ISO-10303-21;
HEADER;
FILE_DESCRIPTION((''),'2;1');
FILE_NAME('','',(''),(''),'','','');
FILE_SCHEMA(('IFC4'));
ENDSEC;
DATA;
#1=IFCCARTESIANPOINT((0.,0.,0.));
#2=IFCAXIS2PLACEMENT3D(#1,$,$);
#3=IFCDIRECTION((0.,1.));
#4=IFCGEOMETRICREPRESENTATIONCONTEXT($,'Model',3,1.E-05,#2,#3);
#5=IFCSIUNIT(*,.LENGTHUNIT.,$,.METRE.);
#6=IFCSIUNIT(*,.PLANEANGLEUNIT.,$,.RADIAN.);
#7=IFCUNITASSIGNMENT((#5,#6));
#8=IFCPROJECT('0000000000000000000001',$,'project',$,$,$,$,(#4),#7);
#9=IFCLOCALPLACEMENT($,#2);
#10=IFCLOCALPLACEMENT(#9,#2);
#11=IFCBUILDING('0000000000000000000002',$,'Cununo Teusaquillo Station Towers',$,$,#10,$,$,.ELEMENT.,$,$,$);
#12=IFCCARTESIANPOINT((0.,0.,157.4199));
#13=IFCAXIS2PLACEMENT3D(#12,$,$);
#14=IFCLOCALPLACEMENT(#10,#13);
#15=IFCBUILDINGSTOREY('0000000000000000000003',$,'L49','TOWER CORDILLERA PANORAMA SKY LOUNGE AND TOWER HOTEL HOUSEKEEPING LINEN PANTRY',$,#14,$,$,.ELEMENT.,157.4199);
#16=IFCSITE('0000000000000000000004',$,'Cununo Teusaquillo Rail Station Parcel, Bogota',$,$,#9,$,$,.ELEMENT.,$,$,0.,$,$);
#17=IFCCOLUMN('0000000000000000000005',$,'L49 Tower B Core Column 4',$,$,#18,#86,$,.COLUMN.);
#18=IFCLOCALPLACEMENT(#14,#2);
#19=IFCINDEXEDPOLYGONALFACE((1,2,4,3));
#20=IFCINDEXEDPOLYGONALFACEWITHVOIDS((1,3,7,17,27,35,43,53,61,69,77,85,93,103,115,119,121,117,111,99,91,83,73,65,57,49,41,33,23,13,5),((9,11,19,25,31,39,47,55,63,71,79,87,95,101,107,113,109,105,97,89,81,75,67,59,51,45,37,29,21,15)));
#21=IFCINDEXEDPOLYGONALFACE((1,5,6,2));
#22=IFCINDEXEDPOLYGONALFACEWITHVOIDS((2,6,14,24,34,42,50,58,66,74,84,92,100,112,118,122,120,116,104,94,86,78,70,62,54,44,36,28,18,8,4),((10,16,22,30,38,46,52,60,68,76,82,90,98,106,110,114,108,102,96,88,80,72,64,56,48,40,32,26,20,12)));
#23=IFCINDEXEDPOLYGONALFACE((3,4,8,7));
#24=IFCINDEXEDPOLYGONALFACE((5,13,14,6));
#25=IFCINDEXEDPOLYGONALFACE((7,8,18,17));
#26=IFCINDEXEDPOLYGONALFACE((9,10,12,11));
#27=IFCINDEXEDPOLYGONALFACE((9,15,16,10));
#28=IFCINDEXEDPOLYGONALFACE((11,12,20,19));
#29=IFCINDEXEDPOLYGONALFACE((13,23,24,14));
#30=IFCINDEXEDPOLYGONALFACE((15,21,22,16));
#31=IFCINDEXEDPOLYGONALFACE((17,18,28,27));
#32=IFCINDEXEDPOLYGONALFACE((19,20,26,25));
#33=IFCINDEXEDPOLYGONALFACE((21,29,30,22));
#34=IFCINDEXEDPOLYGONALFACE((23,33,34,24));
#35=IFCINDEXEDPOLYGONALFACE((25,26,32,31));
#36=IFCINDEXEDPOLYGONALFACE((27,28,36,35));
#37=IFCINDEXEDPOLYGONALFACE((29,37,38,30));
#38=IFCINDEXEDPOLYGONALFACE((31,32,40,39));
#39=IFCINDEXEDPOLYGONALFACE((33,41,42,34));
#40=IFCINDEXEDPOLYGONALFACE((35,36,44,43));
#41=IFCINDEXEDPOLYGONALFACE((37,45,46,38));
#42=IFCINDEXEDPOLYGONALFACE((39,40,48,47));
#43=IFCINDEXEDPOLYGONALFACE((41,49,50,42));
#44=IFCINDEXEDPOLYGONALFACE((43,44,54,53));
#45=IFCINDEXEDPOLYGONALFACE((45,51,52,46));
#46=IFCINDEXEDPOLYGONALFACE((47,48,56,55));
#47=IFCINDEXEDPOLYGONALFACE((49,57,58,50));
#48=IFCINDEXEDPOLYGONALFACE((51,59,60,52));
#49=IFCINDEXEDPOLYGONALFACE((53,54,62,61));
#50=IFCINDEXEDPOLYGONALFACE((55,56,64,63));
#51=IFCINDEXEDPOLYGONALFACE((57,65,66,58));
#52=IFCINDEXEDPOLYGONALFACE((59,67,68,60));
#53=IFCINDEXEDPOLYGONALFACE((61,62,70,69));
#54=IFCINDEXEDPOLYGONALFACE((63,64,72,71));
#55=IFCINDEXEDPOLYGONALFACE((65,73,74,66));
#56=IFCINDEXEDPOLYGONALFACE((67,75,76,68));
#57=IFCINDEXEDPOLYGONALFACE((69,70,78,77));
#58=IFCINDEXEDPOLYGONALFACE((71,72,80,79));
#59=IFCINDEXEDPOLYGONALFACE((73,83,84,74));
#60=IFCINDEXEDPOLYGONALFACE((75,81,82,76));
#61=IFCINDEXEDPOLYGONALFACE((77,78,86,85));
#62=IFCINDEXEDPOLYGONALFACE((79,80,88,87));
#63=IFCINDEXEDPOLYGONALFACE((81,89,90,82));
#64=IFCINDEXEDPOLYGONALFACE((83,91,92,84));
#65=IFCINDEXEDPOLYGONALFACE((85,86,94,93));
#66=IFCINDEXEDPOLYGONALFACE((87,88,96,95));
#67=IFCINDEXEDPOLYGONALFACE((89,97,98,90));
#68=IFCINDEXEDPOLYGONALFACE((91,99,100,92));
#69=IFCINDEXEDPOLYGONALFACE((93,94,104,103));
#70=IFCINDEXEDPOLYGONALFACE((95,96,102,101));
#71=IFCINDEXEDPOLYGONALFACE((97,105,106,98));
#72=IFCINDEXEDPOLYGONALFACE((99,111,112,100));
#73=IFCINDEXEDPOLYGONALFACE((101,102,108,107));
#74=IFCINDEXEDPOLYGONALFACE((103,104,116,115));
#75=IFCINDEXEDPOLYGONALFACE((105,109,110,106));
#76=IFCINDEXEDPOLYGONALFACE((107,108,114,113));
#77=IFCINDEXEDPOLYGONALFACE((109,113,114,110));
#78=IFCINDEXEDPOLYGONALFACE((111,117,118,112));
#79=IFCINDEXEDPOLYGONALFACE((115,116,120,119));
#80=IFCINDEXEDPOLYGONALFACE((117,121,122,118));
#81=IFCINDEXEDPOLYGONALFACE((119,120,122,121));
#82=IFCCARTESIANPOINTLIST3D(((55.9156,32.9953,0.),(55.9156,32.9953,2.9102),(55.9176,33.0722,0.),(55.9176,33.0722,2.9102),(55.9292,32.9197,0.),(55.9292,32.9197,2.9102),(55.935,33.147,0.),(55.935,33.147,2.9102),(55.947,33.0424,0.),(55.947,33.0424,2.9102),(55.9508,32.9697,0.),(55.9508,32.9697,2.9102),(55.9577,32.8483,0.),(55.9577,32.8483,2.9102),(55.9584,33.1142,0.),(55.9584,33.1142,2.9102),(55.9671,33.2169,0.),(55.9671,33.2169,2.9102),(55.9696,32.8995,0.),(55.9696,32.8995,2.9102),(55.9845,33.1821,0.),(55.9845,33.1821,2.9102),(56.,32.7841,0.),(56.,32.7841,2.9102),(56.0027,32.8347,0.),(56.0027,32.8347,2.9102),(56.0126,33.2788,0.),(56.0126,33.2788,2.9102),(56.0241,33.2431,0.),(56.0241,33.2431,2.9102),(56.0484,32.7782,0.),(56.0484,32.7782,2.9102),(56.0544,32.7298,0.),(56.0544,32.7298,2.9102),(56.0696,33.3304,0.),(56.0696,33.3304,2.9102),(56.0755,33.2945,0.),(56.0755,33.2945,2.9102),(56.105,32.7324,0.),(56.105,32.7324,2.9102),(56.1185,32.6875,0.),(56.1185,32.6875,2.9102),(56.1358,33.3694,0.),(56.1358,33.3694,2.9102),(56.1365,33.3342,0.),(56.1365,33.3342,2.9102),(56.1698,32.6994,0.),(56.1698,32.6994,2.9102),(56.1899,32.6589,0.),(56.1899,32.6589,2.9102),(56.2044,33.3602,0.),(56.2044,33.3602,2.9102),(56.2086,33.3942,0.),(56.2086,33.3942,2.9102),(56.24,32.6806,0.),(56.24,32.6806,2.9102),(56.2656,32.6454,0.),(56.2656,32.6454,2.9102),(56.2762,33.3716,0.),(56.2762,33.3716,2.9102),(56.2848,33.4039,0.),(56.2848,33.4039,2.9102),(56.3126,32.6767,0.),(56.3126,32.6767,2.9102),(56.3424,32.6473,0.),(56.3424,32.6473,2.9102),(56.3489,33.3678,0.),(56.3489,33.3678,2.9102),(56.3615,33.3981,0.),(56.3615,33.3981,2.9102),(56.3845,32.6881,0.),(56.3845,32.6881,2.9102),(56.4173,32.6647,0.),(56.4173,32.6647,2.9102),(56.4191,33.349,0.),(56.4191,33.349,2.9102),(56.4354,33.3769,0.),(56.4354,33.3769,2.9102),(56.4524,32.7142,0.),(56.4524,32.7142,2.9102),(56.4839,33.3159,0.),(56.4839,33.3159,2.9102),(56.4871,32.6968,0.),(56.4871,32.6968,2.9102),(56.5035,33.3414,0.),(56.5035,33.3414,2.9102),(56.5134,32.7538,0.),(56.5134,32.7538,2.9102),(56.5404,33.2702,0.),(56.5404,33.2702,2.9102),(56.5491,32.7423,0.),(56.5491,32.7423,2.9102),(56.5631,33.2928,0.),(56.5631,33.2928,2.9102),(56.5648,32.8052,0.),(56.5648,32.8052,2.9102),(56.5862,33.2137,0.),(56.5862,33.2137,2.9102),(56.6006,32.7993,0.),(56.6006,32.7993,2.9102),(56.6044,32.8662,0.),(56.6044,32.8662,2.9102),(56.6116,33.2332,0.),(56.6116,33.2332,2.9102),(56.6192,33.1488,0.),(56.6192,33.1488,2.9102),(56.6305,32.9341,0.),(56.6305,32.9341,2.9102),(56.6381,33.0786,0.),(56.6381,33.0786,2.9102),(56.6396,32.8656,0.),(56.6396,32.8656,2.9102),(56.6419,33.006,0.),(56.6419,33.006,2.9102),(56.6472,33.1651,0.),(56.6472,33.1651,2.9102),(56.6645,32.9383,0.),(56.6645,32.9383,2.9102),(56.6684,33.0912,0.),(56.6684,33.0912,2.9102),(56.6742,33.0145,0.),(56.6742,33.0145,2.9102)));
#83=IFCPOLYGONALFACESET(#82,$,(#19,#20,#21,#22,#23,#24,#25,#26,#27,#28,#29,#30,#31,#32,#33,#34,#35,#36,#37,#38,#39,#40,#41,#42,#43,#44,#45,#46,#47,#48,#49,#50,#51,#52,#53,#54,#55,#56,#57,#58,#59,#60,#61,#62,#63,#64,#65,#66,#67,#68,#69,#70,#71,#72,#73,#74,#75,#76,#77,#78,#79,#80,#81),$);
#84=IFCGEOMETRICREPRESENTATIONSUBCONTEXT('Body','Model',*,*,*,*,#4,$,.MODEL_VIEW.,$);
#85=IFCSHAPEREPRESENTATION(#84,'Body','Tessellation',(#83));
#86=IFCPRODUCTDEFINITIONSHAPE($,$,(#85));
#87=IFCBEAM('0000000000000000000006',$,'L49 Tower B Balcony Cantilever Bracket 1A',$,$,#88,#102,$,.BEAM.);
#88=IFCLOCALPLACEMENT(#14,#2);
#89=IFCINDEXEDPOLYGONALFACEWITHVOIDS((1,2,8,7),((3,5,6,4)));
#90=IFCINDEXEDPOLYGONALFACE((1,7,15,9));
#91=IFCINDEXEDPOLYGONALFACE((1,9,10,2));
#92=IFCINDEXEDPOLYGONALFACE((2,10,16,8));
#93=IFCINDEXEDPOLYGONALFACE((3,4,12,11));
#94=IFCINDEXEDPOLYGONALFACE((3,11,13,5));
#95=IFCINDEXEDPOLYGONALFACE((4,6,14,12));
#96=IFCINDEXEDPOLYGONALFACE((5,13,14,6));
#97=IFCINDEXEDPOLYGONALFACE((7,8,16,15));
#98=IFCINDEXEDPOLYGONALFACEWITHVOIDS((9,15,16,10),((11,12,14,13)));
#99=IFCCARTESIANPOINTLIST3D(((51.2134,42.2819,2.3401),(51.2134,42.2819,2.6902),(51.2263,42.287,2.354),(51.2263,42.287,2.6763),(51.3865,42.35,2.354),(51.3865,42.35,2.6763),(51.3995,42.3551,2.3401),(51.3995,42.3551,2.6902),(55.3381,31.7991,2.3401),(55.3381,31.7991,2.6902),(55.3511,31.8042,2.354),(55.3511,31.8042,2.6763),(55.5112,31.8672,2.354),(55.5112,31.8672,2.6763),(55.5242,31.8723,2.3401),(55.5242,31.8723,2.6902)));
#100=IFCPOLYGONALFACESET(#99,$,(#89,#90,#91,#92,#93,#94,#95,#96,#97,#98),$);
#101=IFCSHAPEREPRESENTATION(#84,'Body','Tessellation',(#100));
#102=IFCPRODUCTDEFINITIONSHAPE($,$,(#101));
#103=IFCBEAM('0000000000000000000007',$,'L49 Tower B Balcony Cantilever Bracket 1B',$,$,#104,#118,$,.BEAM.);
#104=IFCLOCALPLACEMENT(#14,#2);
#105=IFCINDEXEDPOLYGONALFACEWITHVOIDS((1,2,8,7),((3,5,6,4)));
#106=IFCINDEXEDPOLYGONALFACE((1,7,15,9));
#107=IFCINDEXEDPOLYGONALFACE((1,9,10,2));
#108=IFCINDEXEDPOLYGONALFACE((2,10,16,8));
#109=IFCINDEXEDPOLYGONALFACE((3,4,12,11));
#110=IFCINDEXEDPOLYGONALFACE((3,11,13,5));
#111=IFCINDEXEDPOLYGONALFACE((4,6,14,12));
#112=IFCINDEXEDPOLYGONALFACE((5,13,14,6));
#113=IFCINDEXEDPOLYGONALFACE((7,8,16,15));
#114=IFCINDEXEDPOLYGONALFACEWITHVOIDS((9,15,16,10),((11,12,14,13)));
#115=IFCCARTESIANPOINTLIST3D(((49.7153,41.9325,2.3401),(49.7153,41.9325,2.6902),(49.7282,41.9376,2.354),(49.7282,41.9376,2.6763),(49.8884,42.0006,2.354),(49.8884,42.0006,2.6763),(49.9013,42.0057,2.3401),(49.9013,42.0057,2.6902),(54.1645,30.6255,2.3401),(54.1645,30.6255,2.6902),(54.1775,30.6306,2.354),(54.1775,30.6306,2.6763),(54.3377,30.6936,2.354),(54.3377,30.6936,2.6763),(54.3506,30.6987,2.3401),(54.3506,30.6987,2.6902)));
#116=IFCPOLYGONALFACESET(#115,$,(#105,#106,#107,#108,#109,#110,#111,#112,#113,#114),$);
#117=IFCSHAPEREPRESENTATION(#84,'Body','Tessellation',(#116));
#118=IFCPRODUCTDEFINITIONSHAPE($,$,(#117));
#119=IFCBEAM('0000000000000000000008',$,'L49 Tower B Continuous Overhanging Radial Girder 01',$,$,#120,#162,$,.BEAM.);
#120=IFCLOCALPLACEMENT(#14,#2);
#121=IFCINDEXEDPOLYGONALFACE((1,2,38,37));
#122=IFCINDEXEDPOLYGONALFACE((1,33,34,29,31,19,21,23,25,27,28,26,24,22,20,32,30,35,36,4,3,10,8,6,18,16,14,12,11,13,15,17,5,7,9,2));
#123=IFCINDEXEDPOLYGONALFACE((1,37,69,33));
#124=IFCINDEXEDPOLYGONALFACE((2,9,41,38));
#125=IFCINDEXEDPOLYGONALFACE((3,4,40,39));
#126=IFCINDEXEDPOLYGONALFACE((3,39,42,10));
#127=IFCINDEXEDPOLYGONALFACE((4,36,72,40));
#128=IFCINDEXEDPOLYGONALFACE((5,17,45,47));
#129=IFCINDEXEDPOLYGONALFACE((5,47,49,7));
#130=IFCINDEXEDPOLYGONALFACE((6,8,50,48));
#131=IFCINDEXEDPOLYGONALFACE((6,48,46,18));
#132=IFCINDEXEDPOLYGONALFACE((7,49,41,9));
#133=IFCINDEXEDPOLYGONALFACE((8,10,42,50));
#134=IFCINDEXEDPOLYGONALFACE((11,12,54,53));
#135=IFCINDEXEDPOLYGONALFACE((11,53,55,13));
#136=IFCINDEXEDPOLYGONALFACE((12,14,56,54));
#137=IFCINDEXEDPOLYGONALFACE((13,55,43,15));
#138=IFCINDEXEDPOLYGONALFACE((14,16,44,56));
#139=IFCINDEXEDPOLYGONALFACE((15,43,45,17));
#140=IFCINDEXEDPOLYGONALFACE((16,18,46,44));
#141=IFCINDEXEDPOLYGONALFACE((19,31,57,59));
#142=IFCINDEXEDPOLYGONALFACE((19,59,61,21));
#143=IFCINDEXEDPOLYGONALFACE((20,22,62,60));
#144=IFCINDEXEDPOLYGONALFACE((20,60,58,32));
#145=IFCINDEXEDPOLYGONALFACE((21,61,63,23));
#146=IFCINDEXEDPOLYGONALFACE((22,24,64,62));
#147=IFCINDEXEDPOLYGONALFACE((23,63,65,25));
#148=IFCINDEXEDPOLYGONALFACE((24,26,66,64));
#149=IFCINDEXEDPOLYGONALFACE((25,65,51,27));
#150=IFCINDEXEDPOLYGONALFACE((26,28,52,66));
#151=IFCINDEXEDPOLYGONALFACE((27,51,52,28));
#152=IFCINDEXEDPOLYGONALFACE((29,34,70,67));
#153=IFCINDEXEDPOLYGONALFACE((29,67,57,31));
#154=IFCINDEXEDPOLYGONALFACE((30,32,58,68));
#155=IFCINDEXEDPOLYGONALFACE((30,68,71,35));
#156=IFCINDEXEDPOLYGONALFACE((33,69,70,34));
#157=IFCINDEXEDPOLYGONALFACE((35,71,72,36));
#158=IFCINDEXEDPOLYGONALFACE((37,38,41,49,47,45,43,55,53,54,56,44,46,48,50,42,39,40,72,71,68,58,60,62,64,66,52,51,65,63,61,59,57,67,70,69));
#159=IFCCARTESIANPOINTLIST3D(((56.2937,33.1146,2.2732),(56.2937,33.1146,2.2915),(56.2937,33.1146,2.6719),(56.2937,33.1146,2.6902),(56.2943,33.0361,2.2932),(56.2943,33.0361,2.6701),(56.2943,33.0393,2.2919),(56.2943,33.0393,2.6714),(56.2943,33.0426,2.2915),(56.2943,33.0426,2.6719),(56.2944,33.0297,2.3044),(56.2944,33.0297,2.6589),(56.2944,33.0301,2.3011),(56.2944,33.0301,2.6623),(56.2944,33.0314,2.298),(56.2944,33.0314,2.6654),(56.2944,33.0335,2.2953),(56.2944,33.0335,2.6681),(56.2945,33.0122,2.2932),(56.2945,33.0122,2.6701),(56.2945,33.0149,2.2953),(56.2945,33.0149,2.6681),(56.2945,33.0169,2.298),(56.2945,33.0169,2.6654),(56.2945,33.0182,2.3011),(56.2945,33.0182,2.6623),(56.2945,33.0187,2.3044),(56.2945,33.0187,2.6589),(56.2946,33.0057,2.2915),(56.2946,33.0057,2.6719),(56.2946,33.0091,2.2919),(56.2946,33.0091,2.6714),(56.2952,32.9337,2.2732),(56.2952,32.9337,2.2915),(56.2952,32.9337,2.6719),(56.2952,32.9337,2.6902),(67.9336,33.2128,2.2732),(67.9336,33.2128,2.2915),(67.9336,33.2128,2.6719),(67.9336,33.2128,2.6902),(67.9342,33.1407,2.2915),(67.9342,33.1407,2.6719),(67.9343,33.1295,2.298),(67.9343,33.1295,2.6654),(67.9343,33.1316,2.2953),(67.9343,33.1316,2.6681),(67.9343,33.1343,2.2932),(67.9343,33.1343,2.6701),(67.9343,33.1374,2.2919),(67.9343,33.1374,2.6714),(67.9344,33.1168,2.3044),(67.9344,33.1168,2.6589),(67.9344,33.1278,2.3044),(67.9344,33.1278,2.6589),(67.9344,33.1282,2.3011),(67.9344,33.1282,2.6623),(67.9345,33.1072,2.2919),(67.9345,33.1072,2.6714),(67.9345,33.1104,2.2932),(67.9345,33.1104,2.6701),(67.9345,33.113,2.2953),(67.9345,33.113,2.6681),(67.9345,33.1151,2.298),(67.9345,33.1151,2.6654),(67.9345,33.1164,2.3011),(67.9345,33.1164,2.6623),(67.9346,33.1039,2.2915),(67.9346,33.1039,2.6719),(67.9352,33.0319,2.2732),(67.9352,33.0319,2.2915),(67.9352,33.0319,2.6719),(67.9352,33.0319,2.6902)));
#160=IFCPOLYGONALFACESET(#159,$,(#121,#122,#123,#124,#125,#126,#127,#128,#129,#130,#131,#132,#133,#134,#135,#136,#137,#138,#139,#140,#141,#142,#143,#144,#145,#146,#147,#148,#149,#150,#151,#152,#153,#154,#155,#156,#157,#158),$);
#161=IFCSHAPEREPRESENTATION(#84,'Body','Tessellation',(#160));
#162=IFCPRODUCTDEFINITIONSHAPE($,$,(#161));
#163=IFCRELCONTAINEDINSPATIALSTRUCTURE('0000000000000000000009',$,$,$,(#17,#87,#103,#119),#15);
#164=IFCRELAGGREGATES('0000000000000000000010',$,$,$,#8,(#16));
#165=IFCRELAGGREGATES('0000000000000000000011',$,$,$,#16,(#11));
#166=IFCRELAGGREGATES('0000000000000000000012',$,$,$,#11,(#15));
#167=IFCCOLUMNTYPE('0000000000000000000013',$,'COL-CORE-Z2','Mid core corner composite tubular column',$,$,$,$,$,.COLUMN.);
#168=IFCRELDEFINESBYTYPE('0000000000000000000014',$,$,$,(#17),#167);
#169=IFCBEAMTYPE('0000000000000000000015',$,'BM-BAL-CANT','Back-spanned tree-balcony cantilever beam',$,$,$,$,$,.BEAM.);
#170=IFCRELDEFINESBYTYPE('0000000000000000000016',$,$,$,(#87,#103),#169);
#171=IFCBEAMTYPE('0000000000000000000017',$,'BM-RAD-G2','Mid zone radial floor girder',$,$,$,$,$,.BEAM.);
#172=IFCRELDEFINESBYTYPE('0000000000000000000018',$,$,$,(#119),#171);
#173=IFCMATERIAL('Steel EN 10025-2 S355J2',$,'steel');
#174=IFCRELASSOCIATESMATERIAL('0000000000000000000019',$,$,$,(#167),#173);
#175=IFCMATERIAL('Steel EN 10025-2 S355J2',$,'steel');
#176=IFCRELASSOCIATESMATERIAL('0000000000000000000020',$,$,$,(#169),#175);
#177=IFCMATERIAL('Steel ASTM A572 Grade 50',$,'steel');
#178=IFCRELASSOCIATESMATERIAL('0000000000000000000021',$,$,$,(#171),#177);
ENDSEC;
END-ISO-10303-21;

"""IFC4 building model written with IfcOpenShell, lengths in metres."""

from ifc_helpers import new_model, si_unit, direction, frame, origin, origin_2d, place, context, subcontext, project, spatial, hollow_rectangle, hollow_circle, i_section, extrude, material, material_profile, profile_set, type_object, element, save


model = new_model("IFC4")

# Units and contexts
model_context = context("Model", 3, precision=1e-05, world=origin(), true_north=direction((0.0, 1.0)))
body_context = subcontext(model_context, "Body", "Model", "MODEL_VIEW")
ifc_project = project(units=[si_unit("LENGTHUNIT", "METRE"), si_unit("PLANEANGLEUNIT", "RADIAN")], contexts=[model_context])

# Site, building, storey
site_placement = place(None, origin())
site = spatial("IfcSite", under=ifc_project, at=site_placement, Name="Cununo Teusaquillo Rail Station Parcel, Bogota", CompositionType="ELEMENT", RefElevation=0.0)
building_placement = place(site_placement, origin())
building = spatial("IfcBuilding", under=site, at=building_placement, Name="Cununo Teusaquillo Station Towers", CompositionType="ELEMENT")
storey_placement = place(building_placement, frame((0.0, 0.0, 157.4199)))
storey = spatial("IfcBuildingStorey", under=building, at=storey_placement, Name="L49", Description="TOWER CORDILLERA PANORAMA SKY LOUNGE AND TOWER HOTEL HOUSEKEEPING LINEN PANTRY", CompositionType="ELEMENT", Elevation=157.4199)

# Column
ifc_material_1 = material(Name="Steel EN 10025-2 S355J2", Category="steel")
ifc_material_profile_1 = material_profile(ifc_material_1, hollow_circle(Radius=0.3799, WallThickness=0.032, at=origin_2d()), Name="CHS 760x32")
ifc_profile_set_1 = profile_set([ifc_material_profile_1], Name="Steel EN 10025-2 S355J2")
column_type = type_object("IfcColumnType", Name="COL-CORE-Z2", Description="Mid core corner composite tubular column", PredefinedType="COLUMN", material=ifc_profile_set_1)
column_placement = place(storey_placement, frame((56.2944, 33.0242, 0.0), z_axis=(0.0, 0.0, 1.0), x_axis=(0.707107, 0.707107, 0.0)))
element("IfcColumn", 1, at=column_placement, inside=storey, type_object=column_type, Name="L49 Tower B Core Column 4", PredefinedType="COLUMN", context=body_context, shape_type="SweptSolid", body=[
    extrude(hollow_circle(Radius=0.3799, WallThickness=0.032, at=origin_2d()), origin(), (0.0, 0.0, 1.0), 2.9102),
])

# Beams
ifc_material_2 = material(Name="Steel EN 10025-2 S355J2", Category="steel")
ifc_material_profile_2 = material_profile(ifc_material_2, hollow_rectangle(XDim=0.2, YDim=0.3501, WallThickness=0.0139, at=origin_2d()), Name="RHS 350x200x14")
ifc_profile_set_2 = profile_set([ifc_material_profile_2], Name="Steel EN 10025-2 S355J2")
beam_type_1 = type_object("IfcBeamType", Name="BM-BAL-CANT", Description="Back-spanned tree-balcony cantilever beam", PredefinedType="BEAM", material=ifc_profile_set_2)
beam_1_placement = place(storey_placement, frame((55.4312, 31.8357, 2.5151), z_axis=(-0.36615, 0.930556, 0.0), x_axis=(-0.930556, -0.36615, 0.0)))
element("IfcBeam", 2, at=beam_1_placement, inside=storey, type_object=beam_type_1, Name="L49 Tower B Balcony Cantilever Bracket 1A", PredefinedType="BEAM", context=body_context, shape_type="SweptSolid", body=[
    extrude(hollow_rectangle(XDim=0.2, YDim=0.3501, WallThickness=0.0139, at=origin_2d()), origin(), (0.0, 0.0, 1.0), 11.2651),
])
beam_2_placement = place(storey_placement, frame((54.2576, 30.6621, 2.5151), z_axis=(-0.366168, 0.930549, 0.0), x_axis=(-0.930549, -0.366168, 0.0)))
element("IfcBeam", 3, at=beam_2_placement, inside=storey, type_object=beam_type_1, Name="L49 Tower B Balcony Cantilever Bracket 1B", PredefinedType="BEAM", context=body_context, shape_type="SweptSolid", body=[
    extrude(hollow_rectangle(XDim=0.2, YDim=0.3501, WallThickness=0.0139, at=origin_2d()), origin(), (0.0, 0.0, 1.0), 12.1509),
])
ifc_material_3 = material(Name="Steel ASTM A572 Grade 50", Category="steel")
ifc_material_profile_3 = material_profile(ifc_material_3, i_section(OverallWidth=0.1809, OverallDepth=0.417, WebThickness=0.011, FlangeThickness=0.0183, FilletRadius=0.0129, at=origin_2d()), Name="W16X57")
ifc_profile_set_3 = profile_set([ifc_material_profile_3], Name="Steel ASTM A572 Grade 50")
beam_type_2 = type_object("IfcBeamType", Name="BM-RAD-G2", Description="Mid zone radial floor girder", PredefinedType="BEAM", material=ifc_profile_set_3)
beam_3_placement = place(storey_placement, frame((56.2944, 33.0242, 2.4817), z_axis=(0.999964, 0.008431, 0.0), x_axis=(-0.008431, 0.999964, 0.0)))
element("IfcBeam", 4, at=beam_3_placement, inside=storey, type_object=beam_type_2, Name="L49 Tower B Continuous Overhanging Radial Girder 01", PredefinedType="BEAM", context=body_context, shape_type="SweptSolid", body=[
    extrude(i_section(OverallWidth=0.1809, OverallDepth=0.417, WebThickness=0.011, FlangeThickness=0.0183, FilletRadius=0.0129, at=origin_2d()), origin(), (0.0, 0.0, 1.0), 11.6404),
])

save(model, "model.ifc")
